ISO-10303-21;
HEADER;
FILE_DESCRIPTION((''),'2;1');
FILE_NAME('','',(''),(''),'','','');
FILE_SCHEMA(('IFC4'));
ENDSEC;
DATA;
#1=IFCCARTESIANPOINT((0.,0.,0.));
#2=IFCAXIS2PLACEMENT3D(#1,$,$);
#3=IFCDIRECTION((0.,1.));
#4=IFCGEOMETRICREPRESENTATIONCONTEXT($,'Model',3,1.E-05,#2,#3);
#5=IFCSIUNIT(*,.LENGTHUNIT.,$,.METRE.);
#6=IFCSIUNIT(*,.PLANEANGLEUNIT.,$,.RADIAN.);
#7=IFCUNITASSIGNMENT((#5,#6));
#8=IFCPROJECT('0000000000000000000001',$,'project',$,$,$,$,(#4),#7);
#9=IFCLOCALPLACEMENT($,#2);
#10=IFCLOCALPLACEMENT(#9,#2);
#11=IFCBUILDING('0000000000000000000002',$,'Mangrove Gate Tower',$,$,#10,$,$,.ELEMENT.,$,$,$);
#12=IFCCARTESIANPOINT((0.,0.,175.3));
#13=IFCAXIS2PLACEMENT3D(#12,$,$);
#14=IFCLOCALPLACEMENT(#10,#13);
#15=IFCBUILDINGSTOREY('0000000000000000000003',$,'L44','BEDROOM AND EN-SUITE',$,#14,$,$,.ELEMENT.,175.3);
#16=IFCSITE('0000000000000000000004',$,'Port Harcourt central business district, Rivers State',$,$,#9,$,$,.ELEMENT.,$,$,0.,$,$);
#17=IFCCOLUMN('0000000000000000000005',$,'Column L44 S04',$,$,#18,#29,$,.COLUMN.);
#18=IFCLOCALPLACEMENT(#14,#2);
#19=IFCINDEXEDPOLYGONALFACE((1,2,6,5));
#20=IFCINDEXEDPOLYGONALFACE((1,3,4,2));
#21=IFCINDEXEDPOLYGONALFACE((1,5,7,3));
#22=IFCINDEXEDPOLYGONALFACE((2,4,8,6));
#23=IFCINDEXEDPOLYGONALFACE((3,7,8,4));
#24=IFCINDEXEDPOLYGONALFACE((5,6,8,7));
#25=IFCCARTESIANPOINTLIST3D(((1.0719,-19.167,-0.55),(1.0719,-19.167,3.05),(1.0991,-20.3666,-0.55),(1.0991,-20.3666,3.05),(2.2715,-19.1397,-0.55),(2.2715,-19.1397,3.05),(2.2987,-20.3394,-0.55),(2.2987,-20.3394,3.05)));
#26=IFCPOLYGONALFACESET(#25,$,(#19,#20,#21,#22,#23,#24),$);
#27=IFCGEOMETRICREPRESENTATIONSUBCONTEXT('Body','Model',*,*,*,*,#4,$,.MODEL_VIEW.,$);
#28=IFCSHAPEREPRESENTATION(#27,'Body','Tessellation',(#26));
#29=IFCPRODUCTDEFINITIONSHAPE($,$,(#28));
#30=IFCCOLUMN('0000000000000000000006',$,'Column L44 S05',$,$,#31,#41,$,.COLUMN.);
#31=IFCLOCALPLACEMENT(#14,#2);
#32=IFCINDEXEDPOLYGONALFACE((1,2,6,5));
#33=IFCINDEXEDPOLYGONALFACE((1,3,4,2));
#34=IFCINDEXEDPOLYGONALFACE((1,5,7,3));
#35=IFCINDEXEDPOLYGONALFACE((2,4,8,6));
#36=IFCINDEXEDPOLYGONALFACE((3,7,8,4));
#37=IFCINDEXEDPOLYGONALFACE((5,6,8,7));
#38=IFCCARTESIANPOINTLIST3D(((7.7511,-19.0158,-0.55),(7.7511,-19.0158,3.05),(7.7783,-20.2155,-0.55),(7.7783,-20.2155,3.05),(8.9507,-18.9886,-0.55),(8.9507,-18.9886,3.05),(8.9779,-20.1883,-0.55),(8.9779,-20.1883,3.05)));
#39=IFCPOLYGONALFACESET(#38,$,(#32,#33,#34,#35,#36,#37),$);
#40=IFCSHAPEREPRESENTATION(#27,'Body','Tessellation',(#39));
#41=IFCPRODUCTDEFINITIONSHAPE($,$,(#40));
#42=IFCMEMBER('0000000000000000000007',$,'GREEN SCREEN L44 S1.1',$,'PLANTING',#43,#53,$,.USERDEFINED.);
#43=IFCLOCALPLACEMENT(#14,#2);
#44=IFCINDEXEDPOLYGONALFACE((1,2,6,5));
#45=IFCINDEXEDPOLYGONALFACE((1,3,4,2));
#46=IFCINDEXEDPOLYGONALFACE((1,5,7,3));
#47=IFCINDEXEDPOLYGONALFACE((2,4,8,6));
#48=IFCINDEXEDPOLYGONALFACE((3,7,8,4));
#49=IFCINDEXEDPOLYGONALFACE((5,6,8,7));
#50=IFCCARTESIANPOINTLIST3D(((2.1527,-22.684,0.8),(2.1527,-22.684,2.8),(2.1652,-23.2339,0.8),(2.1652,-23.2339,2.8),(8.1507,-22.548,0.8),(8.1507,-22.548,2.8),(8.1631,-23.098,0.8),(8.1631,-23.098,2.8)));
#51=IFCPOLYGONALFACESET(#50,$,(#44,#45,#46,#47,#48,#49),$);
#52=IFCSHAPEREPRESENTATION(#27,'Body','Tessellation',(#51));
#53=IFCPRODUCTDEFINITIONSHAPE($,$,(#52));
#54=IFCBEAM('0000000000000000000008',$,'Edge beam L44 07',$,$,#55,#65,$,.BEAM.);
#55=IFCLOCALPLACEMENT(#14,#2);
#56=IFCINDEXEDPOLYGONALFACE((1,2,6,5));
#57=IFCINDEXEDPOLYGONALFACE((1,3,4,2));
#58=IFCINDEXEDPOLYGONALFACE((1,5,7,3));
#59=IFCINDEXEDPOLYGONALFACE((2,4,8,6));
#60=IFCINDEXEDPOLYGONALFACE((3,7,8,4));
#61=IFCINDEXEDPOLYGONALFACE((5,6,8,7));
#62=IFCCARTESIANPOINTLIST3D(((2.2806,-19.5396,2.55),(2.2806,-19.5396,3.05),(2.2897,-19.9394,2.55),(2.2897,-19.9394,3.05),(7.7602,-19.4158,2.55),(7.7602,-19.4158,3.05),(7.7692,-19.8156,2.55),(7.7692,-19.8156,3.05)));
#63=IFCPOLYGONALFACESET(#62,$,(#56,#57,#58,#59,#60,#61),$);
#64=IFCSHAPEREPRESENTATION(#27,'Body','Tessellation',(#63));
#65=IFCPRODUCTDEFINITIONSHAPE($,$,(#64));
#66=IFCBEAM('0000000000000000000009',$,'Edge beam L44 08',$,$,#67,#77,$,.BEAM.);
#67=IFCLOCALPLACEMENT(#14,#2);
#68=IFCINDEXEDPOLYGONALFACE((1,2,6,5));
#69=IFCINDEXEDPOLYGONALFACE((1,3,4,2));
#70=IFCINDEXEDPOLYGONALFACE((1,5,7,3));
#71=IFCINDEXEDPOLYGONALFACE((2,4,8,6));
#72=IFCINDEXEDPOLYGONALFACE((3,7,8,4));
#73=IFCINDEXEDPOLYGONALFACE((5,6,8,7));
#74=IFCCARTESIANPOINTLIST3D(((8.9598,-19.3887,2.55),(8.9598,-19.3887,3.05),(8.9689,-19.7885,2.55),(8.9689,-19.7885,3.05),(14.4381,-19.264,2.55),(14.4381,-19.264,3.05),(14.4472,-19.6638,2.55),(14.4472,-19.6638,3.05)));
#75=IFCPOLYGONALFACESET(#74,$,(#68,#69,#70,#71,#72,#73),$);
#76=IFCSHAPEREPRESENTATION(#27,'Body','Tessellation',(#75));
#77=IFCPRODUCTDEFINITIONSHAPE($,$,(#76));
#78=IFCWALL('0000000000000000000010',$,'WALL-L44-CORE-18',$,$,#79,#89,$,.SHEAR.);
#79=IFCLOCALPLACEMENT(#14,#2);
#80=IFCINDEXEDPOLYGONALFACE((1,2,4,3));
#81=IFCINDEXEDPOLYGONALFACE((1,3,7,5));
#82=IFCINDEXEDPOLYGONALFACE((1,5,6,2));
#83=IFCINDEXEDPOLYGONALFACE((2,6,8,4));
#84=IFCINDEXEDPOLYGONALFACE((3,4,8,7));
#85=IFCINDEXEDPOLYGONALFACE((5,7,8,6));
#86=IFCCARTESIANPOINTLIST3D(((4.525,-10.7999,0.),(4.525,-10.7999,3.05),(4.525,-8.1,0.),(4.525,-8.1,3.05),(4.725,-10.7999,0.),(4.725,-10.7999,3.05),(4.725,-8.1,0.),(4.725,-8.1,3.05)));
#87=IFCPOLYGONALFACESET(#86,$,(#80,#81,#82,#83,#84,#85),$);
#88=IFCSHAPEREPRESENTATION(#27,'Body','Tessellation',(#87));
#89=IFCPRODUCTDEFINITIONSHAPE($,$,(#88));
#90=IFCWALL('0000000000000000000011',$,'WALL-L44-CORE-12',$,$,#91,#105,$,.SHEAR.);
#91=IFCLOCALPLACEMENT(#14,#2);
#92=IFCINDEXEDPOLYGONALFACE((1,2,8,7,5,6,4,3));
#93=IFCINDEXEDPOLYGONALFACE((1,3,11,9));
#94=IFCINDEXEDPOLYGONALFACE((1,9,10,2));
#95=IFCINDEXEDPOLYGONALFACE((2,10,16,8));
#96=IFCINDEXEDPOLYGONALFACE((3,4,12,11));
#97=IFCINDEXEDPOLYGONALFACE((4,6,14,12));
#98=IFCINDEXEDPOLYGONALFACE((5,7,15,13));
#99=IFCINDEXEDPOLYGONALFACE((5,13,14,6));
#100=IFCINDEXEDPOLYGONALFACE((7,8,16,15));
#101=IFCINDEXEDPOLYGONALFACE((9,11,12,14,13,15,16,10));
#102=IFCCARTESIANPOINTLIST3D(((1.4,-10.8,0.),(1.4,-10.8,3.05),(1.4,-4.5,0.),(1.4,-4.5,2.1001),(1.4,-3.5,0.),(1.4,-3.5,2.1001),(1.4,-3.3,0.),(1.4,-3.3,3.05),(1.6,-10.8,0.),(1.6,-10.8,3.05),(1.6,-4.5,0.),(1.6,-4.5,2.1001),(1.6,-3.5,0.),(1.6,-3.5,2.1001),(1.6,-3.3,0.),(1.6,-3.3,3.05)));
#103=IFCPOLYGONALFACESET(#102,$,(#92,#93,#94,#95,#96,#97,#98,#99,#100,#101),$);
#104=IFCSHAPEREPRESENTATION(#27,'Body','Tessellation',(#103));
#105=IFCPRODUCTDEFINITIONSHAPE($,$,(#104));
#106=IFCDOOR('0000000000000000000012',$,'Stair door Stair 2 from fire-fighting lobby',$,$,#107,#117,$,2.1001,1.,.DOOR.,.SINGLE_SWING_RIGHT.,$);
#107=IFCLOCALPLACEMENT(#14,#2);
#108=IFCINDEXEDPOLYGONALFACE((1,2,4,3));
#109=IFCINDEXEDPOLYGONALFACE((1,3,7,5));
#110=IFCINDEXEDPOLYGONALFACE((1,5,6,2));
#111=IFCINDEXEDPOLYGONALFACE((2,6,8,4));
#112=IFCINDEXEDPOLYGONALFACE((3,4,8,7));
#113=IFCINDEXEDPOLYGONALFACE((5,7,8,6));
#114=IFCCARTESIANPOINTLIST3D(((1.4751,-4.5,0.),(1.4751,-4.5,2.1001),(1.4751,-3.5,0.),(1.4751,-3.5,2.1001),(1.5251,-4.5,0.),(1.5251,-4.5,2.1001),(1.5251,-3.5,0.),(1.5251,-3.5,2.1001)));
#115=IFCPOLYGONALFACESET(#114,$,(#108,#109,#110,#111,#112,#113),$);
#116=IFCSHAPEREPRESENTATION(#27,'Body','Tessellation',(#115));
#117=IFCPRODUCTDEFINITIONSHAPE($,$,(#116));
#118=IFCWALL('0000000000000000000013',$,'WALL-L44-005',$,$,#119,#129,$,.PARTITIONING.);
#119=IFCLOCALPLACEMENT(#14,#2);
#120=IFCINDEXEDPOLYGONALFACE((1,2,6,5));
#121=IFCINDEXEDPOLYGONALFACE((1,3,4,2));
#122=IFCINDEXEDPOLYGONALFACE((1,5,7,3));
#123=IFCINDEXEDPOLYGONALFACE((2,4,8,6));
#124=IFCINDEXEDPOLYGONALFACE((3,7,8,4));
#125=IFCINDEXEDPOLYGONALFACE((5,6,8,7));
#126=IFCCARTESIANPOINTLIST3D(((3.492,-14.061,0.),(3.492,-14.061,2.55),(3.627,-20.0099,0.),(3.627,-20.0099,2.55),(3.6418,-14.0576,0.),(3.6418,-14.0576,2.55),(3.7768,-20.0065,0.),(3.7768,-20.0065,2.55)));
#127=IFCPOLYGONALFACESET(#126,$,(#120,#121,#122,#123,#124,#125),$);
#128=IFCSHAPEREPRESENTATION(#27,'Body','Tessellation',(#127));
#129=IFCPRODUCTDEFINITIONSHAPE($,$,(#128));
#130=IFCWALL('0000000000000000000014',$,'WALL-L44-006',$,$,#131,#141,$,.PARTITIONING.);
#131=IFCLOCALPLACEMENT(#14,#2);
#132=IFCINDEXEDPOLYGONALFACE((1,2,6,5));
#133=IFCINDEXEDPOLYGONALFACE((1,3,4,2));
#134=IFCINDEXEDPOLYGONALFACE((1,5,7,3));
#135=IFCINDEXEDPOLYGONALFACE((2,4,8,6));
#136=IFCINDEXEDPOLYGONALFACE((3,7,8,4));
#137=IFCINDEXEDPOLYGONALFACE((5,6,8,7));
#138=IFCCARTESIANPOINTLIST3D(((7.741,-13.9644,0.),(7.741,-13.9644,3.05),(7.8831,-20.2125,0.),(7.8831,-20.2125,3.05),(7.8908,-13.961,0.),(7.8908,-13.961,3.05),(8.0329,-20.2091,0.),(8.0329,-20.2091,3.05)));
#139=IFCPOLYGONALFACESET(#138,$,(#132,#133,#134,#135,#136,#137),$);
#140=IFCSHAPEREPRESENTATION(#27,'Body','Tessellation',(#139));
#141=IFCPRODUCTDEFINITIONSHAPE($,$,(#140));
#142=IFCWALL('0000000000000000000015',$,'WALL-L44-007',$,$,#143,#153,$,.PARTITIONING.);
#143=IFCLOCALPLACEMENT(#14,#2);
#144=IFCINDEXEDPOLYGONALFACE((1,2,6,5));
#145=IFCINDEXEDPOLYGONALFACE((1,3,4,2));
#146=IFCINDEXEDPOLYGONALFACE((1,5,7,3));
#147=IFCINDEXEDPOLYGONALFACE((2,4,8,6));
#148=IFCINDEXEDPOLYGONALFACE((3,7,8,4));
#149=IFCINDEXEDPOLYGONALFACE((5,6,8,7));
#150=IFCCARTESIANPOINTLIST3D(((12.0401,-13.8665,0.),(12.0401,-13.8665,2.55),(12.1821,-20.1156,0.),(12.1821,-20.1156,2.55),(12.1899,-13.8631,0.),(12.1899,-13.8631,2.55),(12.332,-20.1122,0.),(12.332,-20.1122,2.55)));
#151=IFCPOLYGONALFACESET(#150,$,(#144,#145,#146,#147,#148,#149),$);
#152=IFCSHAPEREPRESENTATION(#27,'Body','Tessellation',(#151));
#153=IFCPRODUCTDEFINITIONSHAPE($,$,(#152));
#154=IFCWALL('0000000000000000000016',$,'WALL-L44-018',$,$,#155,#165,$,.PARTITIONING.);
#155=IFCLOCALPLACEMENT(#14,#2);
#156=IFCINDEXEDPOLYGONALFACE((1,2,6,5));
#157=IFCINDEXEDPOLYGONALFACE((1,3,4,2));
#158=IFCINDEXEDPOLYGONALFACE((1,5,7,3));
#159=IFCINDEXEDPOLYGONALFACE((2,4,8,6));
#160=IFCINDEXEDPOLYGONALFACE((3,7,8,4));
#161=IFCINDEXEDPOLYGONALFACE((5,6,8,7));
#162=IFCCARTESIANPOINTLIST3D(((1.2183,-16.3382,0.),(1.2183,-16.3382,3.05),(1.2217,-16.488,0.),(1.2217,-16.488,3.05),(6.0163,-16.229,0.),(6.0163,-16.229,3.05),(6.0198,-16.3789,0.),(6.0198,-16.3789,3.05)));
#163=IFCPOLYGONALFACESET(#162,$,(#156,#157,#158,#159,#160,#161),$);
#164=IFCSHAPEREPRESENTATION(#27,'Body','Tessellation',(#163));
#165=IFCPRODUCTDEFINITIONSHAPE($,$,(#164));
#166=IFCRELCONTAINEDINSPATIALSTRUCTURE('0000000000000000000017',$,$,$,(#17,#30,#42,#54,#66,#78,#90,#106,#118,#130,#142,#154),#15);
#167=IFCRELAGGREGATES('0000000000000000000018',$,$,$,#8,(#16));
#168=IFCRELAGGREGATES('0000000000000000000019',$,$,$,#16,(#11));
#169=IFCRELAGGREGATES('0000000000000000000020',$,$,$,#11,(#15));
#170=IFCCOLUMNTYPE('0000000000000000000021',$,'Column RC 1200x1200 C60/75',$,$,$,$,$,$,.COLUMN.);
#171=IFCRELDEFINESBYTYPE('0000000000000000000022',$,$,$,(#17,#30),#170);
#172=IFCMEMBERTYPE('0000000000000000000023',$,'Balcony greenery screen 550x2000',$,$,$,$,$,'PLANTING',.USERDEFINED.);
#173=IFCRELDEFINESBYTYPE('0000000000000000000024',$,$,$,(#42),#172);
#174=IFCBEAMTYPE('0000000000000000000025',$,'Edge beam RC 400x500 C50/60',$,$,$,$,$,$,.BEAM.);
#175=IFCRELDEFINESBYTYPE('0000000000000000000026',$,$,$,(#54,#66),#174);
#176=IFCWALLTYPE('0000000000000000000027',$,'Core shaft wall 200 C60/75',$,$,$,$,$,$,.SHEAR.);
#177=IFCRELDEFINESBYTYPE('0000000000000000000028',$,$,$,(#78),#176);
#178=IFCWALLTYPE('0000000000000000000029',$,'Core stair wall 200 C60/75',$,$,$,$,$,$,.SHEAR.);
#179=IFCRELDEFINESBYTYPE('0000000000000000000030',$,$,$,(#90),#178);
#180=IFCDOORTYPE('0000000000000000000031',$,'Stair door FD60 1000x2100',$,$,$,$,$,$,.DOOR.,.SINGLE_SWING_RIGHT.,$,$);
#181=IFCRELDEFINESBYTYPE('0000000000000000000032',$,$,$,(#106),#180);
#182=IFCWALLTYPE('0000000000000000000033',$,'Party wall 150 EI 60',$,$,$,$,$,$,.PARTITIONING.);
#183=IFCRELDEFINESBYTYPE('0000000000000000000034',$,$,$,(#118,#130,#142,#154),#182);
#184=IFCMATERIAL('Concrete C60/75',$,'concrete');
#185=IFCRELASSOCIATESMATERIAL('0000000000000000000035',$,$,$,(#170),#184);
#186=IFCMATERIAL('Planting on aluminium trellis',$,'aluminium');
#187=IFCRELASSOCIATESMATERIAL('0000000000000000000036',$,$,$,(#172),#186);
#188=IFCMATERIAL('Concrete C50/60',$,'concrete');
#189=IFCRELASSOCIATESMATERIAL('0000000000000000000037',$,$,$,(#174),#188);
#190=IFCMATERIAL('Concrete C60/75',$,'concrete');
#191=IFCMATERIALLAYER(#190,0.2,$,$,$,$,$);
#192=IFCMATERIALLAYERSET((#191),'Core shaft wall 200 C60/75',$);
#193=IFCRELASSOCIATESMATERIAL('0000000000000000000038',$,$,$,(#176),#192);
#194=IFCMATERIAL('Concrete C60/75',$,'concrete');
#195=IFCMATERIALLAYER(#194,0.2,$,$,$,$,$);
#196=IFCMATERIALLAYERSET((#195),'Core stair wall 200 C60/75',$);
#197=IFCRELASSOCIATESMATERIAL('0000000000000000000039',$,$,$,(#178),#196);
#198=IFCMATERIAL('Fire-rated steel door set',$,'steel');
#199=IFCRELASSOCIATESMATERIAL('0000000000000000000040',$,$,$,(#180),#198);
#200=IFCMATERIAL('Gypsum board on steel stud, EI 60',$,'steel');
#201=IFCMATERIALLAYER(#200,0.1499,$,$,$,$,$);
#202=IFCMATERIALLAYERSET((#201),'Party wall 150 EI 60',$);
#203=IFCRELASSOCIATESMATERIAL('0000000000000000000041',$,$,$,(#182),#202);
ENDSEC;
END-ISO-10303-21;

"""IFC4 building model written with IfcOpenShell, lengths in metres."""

from ifc_helpers import new_model, si_unit, direction, frame, frame_2d, origin, origin_2d, place, context, subcontext, project, spatial, rectangle, extrude, material, layer, layer_set, material_profile, profile_set, type_object, element, fill, save


model = new_model("IFC4")

# Units and contexts
model_context = context("Model", 3, precision=1e-05, world=origin(), true_north=direction((0.0, 1.0)))
body_context = subcontext(model_context, "Body", "Model", "MODEL_VIEW")
ifc_project = project(units=[si_unit("LENGTHUNIT", "METRE"), si_unit("PLANEANGLEUNIT", "RADIAN")], contexts=[model_context])

# Site, building, storey
site_placement = place(None, origin())
site = spatial("IfcSite", under=ifc_project, at=site_placement, Name="Port Harcourt central business district, Rivers State", CompositionType="ELEMENT", RefElevation=0.0)
building_placement = place(site_placement, origin())
building = spatial("IfcBuilding", under=site, at=building_placement, Name="Mangrove Gate Tower", CompositionType="ELEMENT")
storey_placement = place(building_placement, frame((0.0, 0.0, 175.3)))
storey = spatial("IfcBuildingStorey", under=building, at=storey_placement, Name="L44", Description="BEDROOM AND EN-SUITE", CompositionType="ELEMENT", Elevation=175.3)

# Columns
ifc_material_1 = material(Name="Concrete C60/75", Category="concrete")
ifc_material_profile_1 = material_profile(ifc_material_1, rectangle(XDim=1.2, YDim=1.2, at=origin_2d()))
ifc_profile_set_1 = profile_set([ifc_material_profile_1], Name="Concrete C60/75")
column_type = type_object("IfcColumnType", Name="Column RC 1200x1200 C60/75", PredefinedType="COLUMN", material=ifc_profile_set_1)
for number, where, z_axis, x_axis, name in (
    (1, (1.6853, -19.7532, -0.55), (0.0, 0.0, 1.0), (0.999743, 0.022679, 0.0), "Column L44 S04"),
    (2, (8.3645, -19.6021, -0.55), (0.0, 0.0, 1.0), (0.999743, 0.022679, 0.0), "Column L44 S05"),
):
    element("IfcColumn", number, at=place(storey_placement, frame(where, z_axis=z_axis, x_axis=x_axis)), inside=storey, type_object=column_type, Name=name, PredefinedType="COLUMN", context=body_context, shape_type="SweptSolid", body=[
        extrude(rectangle(XDim=1.2, YDim=1.2, at=origin_2d()), origin(), (0.0, 0.0, 1.0), 3.6001),
    ])

# Member
ifc_material_2 = material(Name="Planting on aluminium trellis", Category="aluminium")
ifc_material_profile_2 = material_profile(ifc_material_2, rectangle(XDim=0.55, YDim=2.0, at=origin_2d()))
ifc_profile_set_2 = profile_set([ifc_material_profile_2], Name="Planting on aluminium trellis")
member_type = type_object("IfcMemberType", Name="Balcony greenery screen 550x2000", ElementType="PLANTING", PredefinedType="USERDEFINED", material=ifc_profile_set_2)
member_placement = place(storey_placement, frame((2.1589, -22.959, 1.8), z_axis=(0.999743, 0.022666, 0.0), x_axis=(-0.022666, 0.999743, 0.0)))
element("IfcMember", 3, at=member_placement, inside=storey, type_object=member_type, Name="GREEN SCREEN L44 S1.1", ObjectType="PLANTING", PredefinedType="USERDEFINED", context=body_context, shape_type="SweptSolid", body=[
    extrude(rectangle(XDim=0.55, YDim=2.0, at=origin_2d()), origin(), (0.0, 0.0, 1.0), 5.9995),
])

# Beams
ifc_material_3 = material(Name="Concrete C50/60", Category="concrete")
ifc_material_profile_3 = material_profile(ifc_material_3, rectangle(XDim=0.3999, YDim=0.5, at=origin_2d()))
ifc_profile_set_3 = profile_set([ifc_material_profile_3], Name="Concrete C50/60")
beam_type = type_object("IfcBeamType", Name="Edge beam RC 400x500 C50/60", PredefinedType="BEAM", material=ifc_profile_set_3)
beam_1_placement = place(storey_placement, frame((2.2852, -19.7395, 2.8), z_axis=(0.999745, 0.022584, 0.0), x_axis=(-0.022584, 0.999745, 0.0)))
element("IfcBeam", 4, at=beam_1_placement, inside=storey, type_object=beam_type, Name="Edge beam L44 07", PredefinedType="BEAM", context=body_context, shape_type="SweptSolid", body=[
    extrude(rectangle(XDim=0.3999, YDim=0.5, at=origin_2d()), origin(), (0.0, 0.0, 1.0), 5.481),
])
beam_2_placement = place(storey_placement, frame((8.9644, -19.5886, 2.8), z_axis=(0.999741, 0.022767, 0.0), x_axis=(-0.022767, 0.999741, 0.0)))
element("IfcBeam", 5, at=beam_2_placement, inside=storey, type_object=beam_type, Name="Edge beam L44 08", PredefinedType="BEAM", context=body_context, shape_type="SweptSolid", body=[
    extrude(rectangle(XDim=0.3999, YDim=0.5, at=origin_2d()), origin(), (0.0, 0.0, 1.0), 5.4797),
])

# Wall
ifc_material_4 = material(Name="Concrete C60/75", Category="concrete")
ifc_layer_1 = layer(ifc_material_4, 0.2)
ifc_layer_set_1 = layer_set([ifc_layer_1], Name="Core shaft wall 200 C60/75")
wall_type_1 = type_object("IfcWallType", Name="Core shaft wall 200 C60/75", PredefinedType="SHEAR", material=ifc_layer_set_1)
wall_1_placement = place(storey_placement, frame((4.625, -10.8, 0.0), z_axis=(0.0, 0.0, 1.0), x_axis=(0.0, 1.0, 0.0)))
element("IfcWall", 6, at=wall_1_placement, inside=storey, type_object=wall_type_1, Name="WALL-L44-CORE-18", PredefinedType="SHEAR", context=body_context, shape_type="SweptSolid", body=[
    extrude(rectangle(XDim=2.7, YDim=0.2, at=frame_2d((1.3501, 0.0))), origin(), (0.0, 0.0, 1.0), 3.05),
])

# Wall, opening, door
ifc_material_5 = material(Name="Concrete C60/75", Category="concrete")
ifc_layer_2 = layer(ifc_material_5, 0.2)
ifc_layer_set_2 = layer_set([ifc_layer_2], Name="Core stair wall 200 C60/75")
wall_type_2 = type_object("IfcWallType", Name="Core stair wall 200 C60/75", PredefinedType="SHEAR", material=ifc_layer_set_2)
wall_2_placement = place(storey_placement, frame((1.5, -10.8, 0.0), z_axis=(0.0, 0.0, 1.0), x_axis=(0.0, 1.0, 0.0)))
wall_2 = element("IfcWall", 7, at=wall_2_placement, inside=storey, type_object=wall_type_2, Name="WALL-L44-CORE-12", PredefinedType="SHEAR", context=body_context, shape_type="SweptSolid", body=[
    extrude(rectangle(XDim=7.5, YDim=0.2, at=frame_2d((3.75, 0.0))), origin(), (0.0, 0.0, 1.0), 3.05),
])
opening_1_placement = place(wall_2_placement, frame((6.3, 0.0, 0.0)))
opening_1 = element("IfcOpeningElement", 8, at=opening_1_placement, cuts=wall_2, PredefinedType="OPENING", context=body_context, shape_type="SweptSolid", body=[
    extrude(rectangle(XDim=1.0, YDim=2.1001, at=frame_2d((0.5, 1.05))), frame((0.0, 0.1099, 0.0), z_axis=(0.0, -1.0, 0.0), x_axis=(1.0, 0.0, 0.0)), (0.0, 0.0, 1.0), 0.22),
])
ifc_material_6 = material(Name="Fire-rated steel door set", Category="steel")
door_type_1 = type_object("IfcDoorType", Name="Stair door FD60 1000x2100", OperationType="SINGLE_SWING_RIGHT", PredefinedType="DOOR", material=ifc_material_6)
door_1_placement = place(opening_1_placement, origin())
door_1 = element("IfcDoor", 9, at=door_1_placement, inside=storey, type_object=door_type_1, Name="Stair door Stair 2 from fire-fighting lobby", OperationType="SINGLE_SWING_RIGHT", OverallHeight=2.1001, OverallWidth=1.0, PredefinedType="DOOR", context=body_context, shape_type="SweptSolid", body=[
    extrude(rectangle(XDim=1.0, YDim=2.1001, at=frame_2d((0.5, 1.05))), frame((0.0, 0.0249, 0.0), z_axis=(0.0, -1.0, 0.0), x_axis=(1.0, 0.0, 0.0)), (0.0, 0.0, 1.0), 0.05),
])
fill(opening_1, door_1)

# Walls
ifc_material_7 = material(Name="Gypsum board on steel stud, EI 60", Category="steel")
ifc_layer_3 = layer(ifc_material_7, 0.1499)
ifc_layer_set_3 = layer_set([ifc_layer_3], Name="Party wall 150 EI 60")
wall_type_3 = type_object("IfcWallType", Name="Party wall 150 EI 60", PredefinedType="PARTITIONING", material=ifc_layer_set_3)
wall_3_placement = place(storey_placement, frame((3.7019, -20.0081, 0.0), z_axis=(0.0, 0.0, 1.0), x_axis=(-0.022689, 0.999743, 0.0)))
element("IfcWall", 10, at=wall_3_placement, inside=storey, type_object=wall_type_3, Name="WALL-L44-005", PredefinedType="PARTITIONING", context=body_context, shape_type="SweptSolid", body=[
    extrude(rectangle(XDim=5.9504, YDim=0.1499, at=frame_2d((2.9751, 0.0))), origin(), (0.0, 0.0, 1.0), 2.55),
])
wall_4_placement = place(storey_placement, frame((7.958, -20.2109, 0.0), z_axis=(0.0, 0.0, 1.0), x_axis=(-0.022736, 0.999742, 0.0)))
element("IfcWall", 11, at=wall_4_placement, inside=storey, type_object=wall_type_3, Name="WALL-L44-006", PredefinedType="PARTITIONING", context=body_context, shape_type="SweptSolid", body=[
    extrude(rectangle(XDim=6.2498, YDim=0.1499, at=frame_2d((3.125, 0.0))), origin(), (0.0, 0.0, 1.0), 3.05),
])
wall_5_placement = place(storey_placement, frame((12.2571, -20.114, 0.0), z_axis=(0.0, 0.0, 1.0), x_axis=(-0.022732, 0.999742, 0.0)))
element("IfcWall", 12, at=wall_5_placement, inside=storey, type_object=wall_type_3, Name="WALL-L44-007", PredefinedType="PARTITIONING", context=body_context, shape_type="SweptSolid", body=[
    extrude(rectangle(XDim=6.2507, YDim=0.1499, at=frame_2d((3.1255, 0.0))), origin(), (0.0, 0.0, 1.0), 2.55),
])
wall_6_placement = place(storey_placement, frame((1.22, -16.4131, 0.0), z_axis=(0.0, 0.0, 1.0), x_axis=(0.999741, 0.022739, 0.0)))
element("IfcWall", 13, at=wall_6_placement, inside=storey, type_object=wall_type_3, Name="WALL-L44-018", PredefinedType="PARTITIONING", context=body_context, shape_type="SweptSolid", body=[
    extrude(rectangle(XDim=4.7993, YDim=0.1499, at=frame_2d((2.3997, 0.0))), origin(), (0.0, 0.0, 1.0), 3.05),
])

save(model, "model.ifc")
